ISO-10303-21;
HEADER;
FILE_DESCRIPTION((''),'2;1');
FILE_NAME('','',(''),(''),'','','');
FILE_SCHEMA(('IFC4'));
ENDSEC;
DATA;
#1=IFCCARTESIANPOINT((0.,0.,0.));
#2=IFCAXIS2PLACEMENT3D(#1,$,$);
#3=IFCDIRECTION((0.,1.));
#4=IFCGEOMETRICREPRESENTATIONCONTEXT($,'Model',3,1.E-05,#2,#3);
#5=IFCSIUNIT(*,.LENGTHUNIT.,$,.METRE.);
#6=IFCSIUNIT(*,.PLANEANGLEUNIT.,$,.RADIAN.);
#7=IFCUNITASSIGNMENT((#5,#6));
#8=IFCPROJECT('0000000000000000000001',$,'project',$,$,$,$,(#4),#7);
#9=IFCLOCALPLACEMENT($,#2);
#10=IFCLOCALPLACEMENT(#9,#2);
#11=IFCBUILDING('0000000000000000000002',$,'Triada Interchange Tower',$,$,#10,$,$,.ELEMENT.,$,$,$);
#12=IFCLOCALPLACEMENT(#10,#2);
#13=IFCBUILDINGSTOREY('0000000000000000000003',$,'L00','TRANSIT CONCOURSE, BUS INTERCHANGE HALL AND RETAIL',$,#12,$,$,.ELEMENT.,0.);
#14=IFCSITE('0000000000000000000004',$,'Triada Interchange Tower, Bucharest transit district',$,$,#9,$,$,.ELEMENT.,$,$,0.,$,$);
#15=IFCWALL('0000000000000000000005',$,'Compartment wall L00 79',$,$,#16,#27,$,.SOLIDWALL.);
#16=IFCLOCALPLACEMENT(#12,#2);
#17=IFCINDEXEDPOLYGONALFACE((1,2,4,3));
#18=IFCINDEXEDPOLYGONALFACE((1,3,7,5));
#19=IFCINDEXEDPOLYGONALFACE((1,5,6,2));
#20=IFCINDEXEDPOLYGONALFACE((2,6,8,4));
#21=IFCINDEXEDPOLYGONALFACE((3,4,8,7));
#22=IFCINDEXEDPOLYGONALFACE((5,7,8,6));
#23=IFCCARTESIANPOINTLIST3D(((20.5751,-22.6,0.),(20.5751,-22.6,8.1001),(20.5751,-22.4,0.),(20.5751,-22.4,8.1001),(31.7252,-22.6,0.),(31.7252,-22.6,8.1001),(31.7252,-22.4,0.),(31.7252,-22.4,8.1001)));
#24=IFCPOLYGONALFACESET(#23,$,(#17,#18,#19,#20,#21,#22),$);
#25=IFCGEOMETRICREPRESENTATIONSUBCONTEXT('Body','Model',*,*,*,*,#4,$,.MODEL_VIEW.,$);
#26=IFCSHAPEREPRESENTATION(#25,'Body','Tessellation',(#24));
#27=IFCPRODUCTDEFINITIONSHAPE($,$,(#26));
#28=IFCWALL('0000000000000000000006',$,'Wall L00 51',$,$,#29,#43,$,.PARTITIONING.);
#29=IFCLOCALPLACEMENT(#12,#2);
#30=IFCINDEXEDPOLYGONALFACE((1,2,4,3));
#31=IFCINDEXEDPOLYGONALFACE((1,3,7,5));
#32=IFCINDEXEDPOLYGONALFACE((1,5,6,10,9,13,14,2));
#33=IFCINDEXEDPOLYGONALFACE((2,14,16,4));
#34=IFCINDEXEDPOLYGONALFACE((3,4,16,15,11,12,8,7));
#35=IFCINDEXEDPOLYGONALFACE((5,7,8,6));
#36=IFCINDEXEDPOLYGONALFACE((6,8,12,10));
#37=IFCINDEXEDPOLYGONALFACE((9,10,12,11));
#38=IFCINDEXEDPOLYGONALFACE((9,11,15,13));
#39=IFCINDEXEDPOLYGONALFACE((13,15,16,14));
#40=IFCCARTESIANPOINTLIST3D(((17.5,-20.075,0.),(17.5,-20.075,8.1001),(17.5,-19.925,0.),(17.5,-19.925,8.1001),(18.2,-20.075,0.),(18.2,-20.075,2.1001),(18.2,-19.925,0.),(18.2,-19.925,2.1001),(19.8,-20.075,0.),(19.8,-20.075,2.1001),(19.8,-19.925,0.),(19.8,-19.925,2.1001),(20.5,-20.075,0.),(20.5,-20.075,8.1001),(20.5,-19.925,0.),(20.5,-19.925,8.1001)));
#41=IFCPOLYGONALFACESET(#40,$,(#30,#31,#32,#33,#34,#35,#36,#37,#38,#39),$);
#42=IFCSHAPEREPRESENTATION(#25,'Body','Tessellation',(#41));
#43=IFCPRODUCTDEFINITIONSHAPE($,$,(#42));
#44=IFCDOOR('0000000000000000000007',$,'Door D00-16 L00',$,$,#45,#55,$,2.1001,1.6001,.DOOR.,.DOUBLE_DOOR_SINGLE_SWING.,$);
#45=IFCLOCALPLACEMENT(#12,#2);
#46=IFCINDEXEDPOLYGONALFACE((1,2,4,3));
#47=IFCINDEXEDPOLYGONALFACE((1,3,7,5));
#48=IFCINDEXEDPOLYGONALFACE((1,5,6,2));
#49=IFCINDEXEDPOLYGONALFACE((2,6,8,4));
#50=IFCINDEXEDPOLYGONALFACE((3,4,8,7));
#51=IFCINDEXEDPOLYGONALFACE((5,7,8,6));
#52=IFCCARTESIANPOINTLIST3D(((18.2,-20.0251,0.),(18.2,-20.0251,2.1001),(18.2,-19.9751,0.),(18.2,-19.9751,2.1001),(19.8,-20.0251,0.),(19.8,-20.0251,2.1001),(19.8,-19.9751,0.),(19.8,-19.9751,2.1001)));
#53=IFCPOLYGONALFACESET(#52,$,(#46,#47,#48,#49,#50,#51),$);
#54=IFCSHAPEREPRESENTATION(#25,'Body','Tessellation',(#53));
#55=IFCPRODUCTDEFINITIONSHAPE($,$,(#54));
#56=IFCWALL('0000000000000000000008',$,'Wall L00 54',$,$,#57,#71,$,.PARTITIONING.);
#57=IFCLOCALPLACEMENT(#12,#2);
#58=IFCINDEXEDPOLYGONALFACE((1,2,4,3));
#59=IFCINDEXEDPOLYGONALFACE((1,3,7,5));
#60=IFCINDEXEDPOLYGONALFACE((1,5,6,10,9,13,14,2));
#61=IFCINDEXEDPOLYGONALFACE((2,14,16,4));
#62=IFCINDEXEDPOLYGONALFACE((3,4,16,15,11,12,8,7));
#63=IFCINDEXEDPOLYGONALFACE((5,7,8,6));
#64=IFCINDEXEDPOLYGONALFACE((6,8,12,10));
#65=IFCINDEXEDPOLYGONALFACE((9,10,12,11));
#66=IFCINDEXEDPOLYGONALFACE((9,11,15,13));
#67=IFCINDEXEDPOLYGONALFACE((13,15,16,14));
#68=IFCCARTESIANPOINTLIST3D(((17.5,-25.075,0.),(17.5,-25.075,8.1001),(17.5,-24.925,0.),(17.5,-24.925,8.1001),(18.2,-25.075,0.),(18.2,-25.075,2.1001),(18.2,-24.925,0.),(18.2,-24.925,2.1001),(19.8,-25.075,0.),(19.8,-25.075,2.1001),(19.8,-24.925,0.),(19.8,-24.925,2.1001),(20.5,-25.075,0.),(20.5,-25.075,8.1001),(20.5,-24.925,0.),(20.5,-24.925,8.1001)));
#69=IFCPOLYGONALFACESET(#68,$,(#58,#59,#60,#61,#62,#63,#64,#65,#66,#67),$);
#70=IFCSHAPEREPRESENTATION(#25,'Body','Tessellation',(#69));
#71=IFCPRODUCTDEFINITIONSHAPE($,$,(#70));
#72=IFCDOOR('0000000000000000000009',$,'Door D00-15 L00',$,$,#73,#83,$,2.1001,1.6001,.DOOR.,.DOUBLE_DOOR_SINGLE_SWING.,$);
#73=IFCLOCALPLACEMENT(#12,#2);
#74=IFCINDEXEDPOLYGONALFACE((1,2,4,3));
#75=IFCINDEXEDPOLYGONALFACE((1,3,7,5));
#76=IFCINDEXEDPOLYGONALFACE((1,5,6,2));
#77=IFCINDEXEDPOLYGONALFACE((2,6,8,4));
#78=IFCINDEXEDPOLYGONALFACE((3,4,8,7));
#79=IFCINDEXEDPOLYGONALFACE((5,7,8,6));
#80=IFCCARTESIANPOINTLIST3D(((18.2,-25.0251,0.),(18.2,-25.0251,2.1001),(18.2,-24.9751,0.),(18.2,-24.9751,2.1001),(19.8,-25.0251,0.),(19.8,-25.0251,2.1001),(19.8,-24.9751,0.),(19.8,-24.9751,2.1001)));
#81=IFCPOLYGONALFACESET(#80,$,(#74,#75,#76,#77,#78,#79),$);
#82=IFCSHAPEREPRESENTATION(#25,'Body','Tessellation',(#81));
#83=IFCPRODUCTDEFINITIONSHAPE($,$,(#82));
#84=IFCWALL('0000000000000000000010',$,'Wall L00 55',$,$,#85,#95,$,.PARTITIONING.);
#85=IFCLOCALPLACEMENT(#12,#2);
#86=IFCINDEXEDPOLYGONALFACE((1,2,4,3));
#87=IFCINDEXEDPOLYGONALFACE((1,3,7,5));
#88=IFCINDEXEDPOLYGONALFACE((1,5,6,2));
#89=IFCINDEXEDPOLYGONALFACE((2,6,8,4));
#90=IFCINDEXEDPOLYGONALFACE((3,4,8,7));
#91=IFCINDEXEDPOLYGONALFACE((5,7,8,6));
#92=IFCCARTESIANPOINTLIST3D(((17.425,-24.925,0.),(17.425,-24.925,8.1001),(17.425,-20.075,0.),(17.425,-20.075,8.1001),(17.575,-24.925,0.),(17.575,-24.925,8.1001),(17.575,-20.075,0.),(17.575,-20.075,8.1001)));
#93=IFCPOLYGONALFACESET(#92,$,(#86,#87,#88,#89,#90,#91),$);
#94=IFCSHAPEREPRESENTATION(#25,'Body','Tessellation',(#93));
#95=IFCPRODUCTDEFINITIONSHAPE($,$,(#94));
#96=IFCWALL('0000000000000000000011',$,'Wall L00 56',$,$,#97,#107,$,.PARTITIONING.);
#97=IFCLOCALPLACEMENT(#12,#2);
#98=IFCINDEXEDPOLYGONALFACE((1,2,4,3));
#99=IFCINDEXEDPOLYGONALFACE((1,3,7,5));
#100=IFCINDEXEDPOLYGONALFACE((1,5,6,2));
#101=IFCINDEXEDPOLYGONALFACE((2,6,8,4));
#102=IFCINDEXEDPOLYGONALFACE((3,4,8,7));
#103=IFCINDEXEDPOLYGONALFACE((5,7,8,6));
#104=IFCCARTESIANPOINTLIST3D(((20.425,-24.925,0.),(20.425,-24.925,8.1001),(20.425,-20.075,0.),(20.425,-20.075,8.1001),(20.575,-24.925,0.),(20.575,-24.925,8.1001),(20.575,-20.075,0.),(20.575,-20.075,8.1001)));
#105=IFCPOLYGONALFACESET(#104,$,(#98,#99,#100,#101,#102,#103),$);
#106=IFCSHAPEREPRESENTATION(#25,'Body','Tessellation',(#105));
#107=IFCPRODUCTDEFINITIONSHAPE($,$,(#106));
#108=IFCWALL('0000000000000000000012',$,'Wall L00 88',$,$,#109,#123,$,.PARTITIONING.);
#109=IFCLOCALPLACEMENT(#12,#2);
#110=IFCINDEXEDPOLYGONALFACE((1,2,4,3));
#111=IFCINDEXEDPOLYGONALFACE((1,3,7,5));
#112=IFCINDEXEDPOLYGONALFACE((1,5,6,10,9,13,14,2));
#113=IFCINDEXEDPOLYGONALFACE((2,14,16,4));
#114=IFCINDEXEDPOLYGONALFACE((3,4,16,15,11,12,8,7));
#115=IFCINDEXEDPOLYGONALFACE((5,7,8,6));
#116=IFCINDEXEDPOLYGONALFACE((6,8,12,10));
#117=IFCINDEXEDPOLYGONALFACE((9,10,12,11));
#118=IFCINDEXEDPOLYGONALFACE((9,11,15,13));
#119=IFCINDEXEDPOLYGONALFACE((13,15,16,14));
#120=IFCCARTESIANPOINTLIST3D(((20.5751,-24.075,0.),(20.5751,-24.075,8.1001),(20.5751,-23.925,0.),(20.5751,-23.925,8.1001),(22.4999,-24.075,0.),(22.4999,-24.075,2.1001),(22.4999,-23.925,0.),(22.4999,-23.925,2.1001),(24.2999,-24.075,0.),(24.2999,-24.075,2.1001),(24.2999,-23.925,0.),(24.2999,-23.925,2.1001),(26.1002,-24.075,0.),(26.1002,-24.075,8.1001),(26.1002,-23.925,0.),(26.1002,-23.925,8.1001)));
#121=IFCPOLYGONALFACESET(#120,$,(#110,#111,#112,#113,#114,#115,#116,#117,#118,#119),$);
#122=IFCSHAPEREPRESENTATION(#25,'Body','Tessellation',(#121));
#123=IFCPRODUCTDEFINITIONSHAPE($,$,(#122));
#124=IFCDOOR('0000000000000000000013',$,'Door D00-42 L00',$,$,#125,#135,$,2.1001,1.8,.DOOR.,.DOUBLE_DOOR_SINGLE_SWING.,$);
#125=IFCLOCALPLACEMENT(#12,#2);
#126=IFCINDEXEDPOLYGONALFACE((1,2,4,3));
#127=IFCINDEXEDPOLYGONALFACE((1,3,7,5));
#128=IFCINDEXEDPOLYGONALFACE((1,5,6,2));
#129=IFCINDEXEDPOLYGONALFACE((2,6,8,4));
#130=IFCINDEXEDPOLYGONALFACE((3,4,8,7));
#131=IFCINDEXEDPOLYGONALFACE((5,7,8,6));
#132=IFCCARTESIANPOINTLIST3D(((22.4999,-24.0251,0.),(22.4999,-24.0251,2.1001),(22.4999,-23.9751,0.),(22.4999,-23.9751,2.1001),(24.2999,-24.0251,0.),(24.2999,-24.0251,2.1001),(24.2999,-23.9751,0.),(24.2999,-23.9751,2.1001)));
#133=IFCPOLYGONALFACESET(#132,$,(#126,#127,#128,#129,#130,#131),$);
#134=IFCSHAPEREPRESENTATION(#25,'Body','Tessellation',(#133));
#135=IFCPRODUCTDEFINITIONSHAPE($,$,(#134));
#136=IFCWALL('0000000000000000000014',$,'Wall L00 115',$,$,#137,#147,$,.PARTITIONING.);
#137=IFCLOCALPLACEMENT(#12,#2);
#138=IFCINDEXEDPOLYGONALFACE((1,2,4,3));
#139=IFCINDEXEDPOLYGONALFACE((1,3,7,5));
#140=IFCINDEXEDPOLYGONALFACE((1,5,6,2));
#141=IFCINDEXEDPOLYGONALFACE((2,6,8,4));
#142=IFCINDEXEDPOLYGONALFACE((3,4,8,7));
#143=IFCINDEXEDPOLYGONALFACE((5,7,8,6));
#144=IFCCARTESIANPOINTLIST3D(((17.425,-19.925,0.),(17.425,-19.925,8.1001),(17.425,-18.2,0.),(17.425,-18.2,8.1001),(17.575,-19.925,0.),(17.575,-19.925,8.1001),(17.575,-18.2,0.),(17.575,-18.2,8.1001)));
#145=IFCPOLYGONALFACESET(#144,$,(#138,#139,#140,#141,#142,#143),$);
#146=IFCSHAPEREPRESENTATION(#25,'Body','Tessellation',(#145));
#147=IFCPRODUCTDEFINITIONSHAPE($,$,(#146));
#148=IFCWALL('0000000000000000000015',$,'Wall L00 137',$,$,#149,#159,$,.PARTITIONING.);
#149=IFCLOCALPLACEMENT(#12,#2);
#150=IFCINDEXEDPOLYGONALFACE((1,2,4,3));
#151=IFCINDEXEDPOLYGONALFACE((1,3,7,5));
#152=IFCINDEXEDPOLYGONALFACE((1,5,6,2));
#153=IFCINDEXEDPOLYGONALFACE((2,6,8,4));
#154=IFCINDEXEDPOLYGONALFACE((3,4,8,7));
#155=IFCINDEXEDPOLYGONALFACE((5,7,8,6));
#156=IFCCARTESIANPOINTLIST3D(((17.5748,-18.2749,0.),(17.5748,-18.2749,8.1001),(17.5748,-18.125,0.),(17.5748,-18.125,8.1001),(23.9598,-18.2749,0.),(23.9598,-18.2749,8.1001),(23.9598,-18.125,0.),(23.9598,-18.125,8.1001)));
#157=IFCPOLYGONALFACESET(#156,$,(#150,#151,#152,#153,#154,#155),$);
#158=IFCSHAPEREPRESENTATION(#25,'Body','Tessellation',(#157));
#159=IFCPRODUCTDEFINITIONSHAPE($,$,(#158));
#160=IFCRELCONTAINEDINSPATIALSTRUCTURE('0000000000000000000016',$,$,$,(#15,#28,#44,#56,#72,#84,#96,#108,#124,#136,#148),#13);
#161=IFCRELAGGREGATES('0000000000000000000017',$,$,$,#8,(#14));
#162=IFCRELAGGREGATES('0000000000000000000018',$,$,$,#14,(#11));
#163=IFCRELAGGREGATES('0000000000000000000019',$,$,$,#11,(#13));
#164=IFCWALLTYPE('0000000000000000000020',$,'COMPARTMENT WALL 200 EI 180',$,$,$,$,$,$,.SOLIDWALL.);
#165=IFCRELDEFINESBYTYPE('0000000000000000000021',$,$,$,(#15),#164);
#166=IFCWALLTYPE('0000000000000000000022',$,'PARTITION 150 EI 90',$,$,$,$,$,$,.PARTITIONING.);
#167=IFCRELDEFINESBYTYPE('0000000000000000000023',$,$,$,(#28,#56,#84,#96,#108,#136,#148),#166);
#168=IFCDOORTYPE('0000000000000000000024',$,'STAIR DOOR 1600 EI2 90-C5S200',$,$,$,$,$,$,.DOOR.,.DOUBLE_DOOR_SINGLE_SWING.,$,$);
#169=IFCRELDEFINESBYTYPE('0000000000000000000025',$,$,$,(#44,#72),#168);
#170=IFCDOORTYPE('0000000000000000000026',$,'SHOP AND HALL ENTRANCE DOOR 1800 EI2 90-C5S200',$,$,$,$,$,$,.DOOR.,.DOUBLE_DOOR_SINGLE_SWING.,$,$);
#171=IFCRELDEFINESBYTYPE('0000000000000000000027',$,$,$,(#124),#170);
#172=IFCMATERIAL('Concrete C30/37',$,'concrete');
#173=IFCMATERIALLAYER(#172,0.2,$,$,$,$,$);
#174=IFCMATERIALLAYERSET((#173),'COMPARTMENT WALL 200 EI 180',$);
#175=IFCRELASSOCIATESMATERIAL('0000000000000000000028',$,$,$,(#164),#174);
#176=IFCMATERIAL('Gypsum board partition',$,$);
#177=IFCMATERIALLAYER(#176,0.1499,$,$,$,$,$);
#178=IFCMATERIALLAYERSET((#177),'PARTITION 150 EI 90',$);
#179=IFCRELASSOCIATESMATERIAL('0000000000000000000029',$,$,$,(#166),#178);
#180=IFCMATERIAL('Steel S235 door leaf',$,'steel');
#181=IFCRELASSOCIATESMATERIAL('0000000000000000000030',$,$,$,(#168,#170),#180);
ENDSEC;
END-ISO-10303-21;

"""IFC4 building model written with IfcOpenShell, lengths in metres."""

from ifc_helpers import new_model, si_unit, direction, frame, frame_2d, origin, place, context, subcontext, project, spatial, rectangle, extrude, material, layer, layer_set, type_object, element, fill, save


model = new_model("IFC4")

# Units and contexts
model_context = context("Model", 3, precision=1e-05, world=origin(), true_north=direction((0.0, 1.0)))
body_context = subcontext(model_context, "Body", "Model", "MODEL_VIEW")
ifc_project = project(units=[si_unit("LENGTHUNIT", "METRE"), si_unit("PLANEANGLEUNIT", "RADIAN")], contexts=[model_context])

# Site, building, storey
site_placement = place(None, origin())
site = spatial("IfcSite", under=ifc_project, at=site_placement, Name="Triada Interchange Tower, Bucharest transit district", CompositionType="ELEMENT", RefElevation=0.0)
building_placement = place(site_placement, origin())
building = spatial("IfcBuilding", under=site, at=building_placement, Name="Triada Interchange Tower", CompositionType="ELEMENT")
storey_placement = place(building_placement, origin())
storey = spatial("IfcBuildingStorey", under=building, at=storey_placement, Name="L00", Description="TRANSIT CONCOURSE, BUS INTERCHANGE HALL AND RETAIL", CompositionType="ELEMENT", Elevation=0.0)

# Wall
ifc_material_1 = material(Name="Concrete C30/37", Category="concrete")
ifc_layer_1 = layer(ifc_material_1, 0.2)
ifc_layer_set_1 = layer_set([ifc_layer_1], Name="COMPARTMENT WALL 200 EI 180")
wall_type_1 = type_object("IfcWallType", Name="COMPARTMENT WALL 200 EI 180", PredefinedType="SOLIDWALL", material=ifc_layer_set_1)
wall_1_placement = place(storey_placement, frame((20.575, -22.5, 0.0), z_axis=(0.0, 0.0, 1.0), x_axis=(1.0, 0.0, 0.0)))
element("IfcWall", 1, at=wall_1_placement, inside=storey, type_object=wall_type_1, Name="Compartment wall L00 79", PredefinedType="SOLIDWALL", context=body_context, shape_type="SweptSolid", body=[
    extrude(rectangle(XDim=11.1501, YDim=0.2, at=frame_2d((5.5752, 0.0))), origin(), (0.0, 0.0, 1.0), 8.1001),
])

# Walls, openings, doors
ifc_material_2 = material(Name="Gypsum board partition")
ifc_layer_2 = layer(ifc_material_2, 0.1499)
ifc_layer_set_2 = layer_set([ifc_layer_2], Name="PARTITION 150 EI 90")
wall_type_2 = type_object("IfcWallType", Name="PARTITION 150 EI 90", PredefinedType="PARTITIONING", material=ifc_layer_set_2)
wall_2_placement = place(storey_placement, frame((17.5, -20.0, 0.0), z_axis=(0.0, 0.0, 1.0), x_axis=(1.0, 0.0, 0.0)))
wall_2 = element("IfcWall", 2, at=wall_2_placement, inside=storey, type_object=wall_type_2, Name="Wall L00 51", PredefinedType="PARTITIONING", context=body_context, shape_type="SweptSolid", body=[
    extrude(rectangle(XDim=3.0, YDim=0.1499, at=frame_2d((1.5, 0.0))), origin(), (0.0, 0.0, 1.0), 8.1001),
])
opening_1_placement = place(wall_2_placement, frame((0.7, 0.0, 0.0)))
opening_1 = element("IfcOpeningElement", 3, at=opening_1_placement, cuts=wall_2, PredefinedType="OPENING", context=body_context, shape_type="SweptSolid", body=[
    extrude(rectangle(XDim=1.6001, YDim=2.1001, at=frame_2d((0.8, 1.05))), frame((0.0, 0.085, 0.0), z_axis=(0.0, -1.0, 0.0), x_axis=(1.0, 0.0, 0.0)), (0.0, 0.0, 1.0), 0.1699),
])
ifc_material_3 = material(Name="Steel S235 door leaf", Category="steel")
door_type_1 = type_object("IfcDoorType", Name="STAIR DOOR 1600 EI2 90-C5S200", OperationType="DOUBLE_DOOR_SINGLE_SWING", PredefinedType="DOOR", material=ifc_material_3)
door_1_placement = place(opening_1_placement, origin())
door_1 = element("IfcDoor", 4, at=door_1_placement, inside=storey, type_object=door_type_1, Name="Door D00-16 L00", OperationType="DOUBLE_DOOR_SINGLE_SWING", OverallHeight=2.1001, OverallWidth=1.6001, PredefinedType="DOOR", context=body_context, shape_type="SweptSolid", body=[
    extrude(rectangle(XDim=1.6001, YDim=2.1001, at=frame_2d((0.8, 1.05))), frame((0.0, 0.0249, 0.0), z_axis=(0.0, -1.0, 0.0), x_axis=(1.0, 0.0, 0.0)), (0.0, 0.0, 1.0), 0.05),
])
fill(opening_1, door_1)
wall_3_placement = place(storey_placement, frame((17.5, -25.0, 0.0), z_axis=(0.0, 0.0, 1.0), x_axis=(1.0, 0.0, 0.0)))
wall_3 = element("IfcWall", 5, at=wall_3_placement, inside=storey, type_object=wall_type_2, Name="Wall L00 54", PredefinedType="PARTITIONING", context=body_context, shape_type="SweptSolid", body=[
    extrude(rectangle(XDim=3.0, YDim=0.1499, at=frame_2d((1.5, 0.0))), origin(), (0.0, 0.0, 1.0), 8.1001),
])
opening_2_placement = place(wall_3_placement, frame((0.7, 0.0, 0.0)))
opening_2 = element("IfcOpeningElement", 6, at=opening_2_placement, cuts=wall_3, PredefinedType="OPENING", context=body_context, shape_type="SweptSolid", body=[
    extrude(rectangle(XDim=1.6001, YDim=2.1001, at=frame_2d((0.8, 1.05))), frame((0.0, 0.085, 0.0), z_axis=(0.0, -1.0, 0.0), x_axis=(1.0, 0.0, 0.0)), (0.0, 0.0, 1.0), 0.1699),
])
door_2_placement = place(opening_2_placement, origin())
door_2 = element("IfcDoor", 7, at=door_2_placement, inside=storey, type_object=door_type_1, Name="Door D00-15 L00", OperationType="DOUBLE_DOOR_SINGLE_SWING", OverallHeight=2.1001, OverallWidth=1.6001, PredefinedType="DOOR", context=body_context, shape_type="SweptSolid", body=[
    extrude(rectangle(XDim=1.6001, YDim=2.1001, at=frame_2d((0.8, 1.05))), frame((0.0, 0.0249, 0.0), z_axis=(0.0, -1.0, 0.0), x_axis=(1.0, 0.0, 0.0)), (0.0, 0.0, 1.0), 0.05),
])
fill(opening_2, door_2)

# Walls
for number, where, z_axis, x_axis, name in (
    (8, (17.5, -24.925, 0.0), (0.0, 0.0, 1.0), (0.0, 1.0, 0.0), "Wall L00 55"),
    (9, (20.5, -24.925, 0.0), (0.0, 0.0, 1.0), (0.0, 1.0, 0.0), "Wall L00 56"),
):
    element("IfcWall", number, at=place(storey_placement, frame(where, z_axis=z_axis, x_axis=x_axis)), inside=storey, type_object=wall_type_2, Name=name, PredefinedType="PARTITIONING", context=body_context, shape_type="SweptSolid", body=[
        extrude(rectangle(XDim=4.8501, YDim=0.1499, at=frame_2d((2.425, 0.0))), origin(), (0.0, 0.0, 1.0), 8.1001),
    ])

# Wall, opening, door
wall_4_placement = place(storey_placement, frame((20.575, -24.0, 0.0), z_axis=(0.0, 0.0, 1.0), x_axis=(1.0, 0.0, 0.0)))
wall_4 = element("IfcWall", 10, at=wall_4_placement, inside=storey, type_object=wall_type_2, Name="Wall L00 88", PredefinedType="PARTITIONING", context=body_context, shape_type="SweptSolid", body=[
    extrude(rectangle(XDim=5.5251, YDim=0.1499, at=frame_2d((2.7627, 0.0))), origin(), (0.0, 0.0, 1.0), 8.1001),
])
opening_3_placement = place(wall_4_placement, frame((1.925, 0.0, 0.0)))
opening_3 = element("IfcOpeningElement", 11, at=opening_3_placement, cuts=wall_4, PredefinedType="OPENING", context=body_context, shape_type="SweptSolid", body=[
    extrude(rectangle(XDim=1.8, YDim=2.1001, at=frame_2d((0.8999, 1.05))), frame((0.0, 0.085, 0.0), z_axis=(0.0, -1.0, 0.0), x_axis=(1.0, 0.0, 0.0)), (0.0, 0.0, 1.0), 0.1699),
])
door_type_2 = type_object("IfcDoorType", Name="SHOP AND HALL ENTRANCE DOOR 1800 EI2 90-C5S200", OperationType="DOUBLE_DOOR_SINGLE_SWING", PredefinedType="DOOR", material=ifc_material_3)
door_3_placement = place(opening_3_placement, origin())
door_3 = element("IfcDoor", 12, at=door_3_placement, inside=storey, type_object=door_type_2, Name="Door D00-42 L00", OperationType="DOUBLE_DOOR_SINGLE_SWING", OverallHeight=2.1001, OverallWidth=1.8, PredefinedType="DOOR", context=body_context, shape_type="SweptSolid", body=[
    extrude(rectangle(XDim=1.8, YDim=2.1001, at=frame_2d((0.8999, 1.05))), frame((0.0, 0.0249, 0.0), z_axis=(0.0, -1.0, 0.0), x_axis=(1.0, 0.0, 0.0)), (0.0, 0.0, 1.0), 0.05),
])
fill(opening_3, door_3)

# Walls
wall_5_placement = place(storey_placement, frame((17.5, -19.925, 0.0), z_axis=(0.0, 0.0, 1.0), x_axis=(0.0, 1.0, 0.0)))
element("IfcWall", 13, at=wall_5_placement, inside=storey, type_object=wall_type_2, Name="Wall L00 115", PredefinedType="PARTITIONING", context=body_context, shape_type="SweptSolid", body=[
    extrude(rectangle(XDim=1.7251, YDim=0.1499, at=frame_2d((0.8625, 0.0))), origin(), (0.0, 0.0, 1.0), 8.1001),
])
wall_6_placement = place(storey_placement, frame((17.575, -18.2, 0.0), z_axis=(0.0, 0.0, 1.0), x_axis=(1.0, 0.0, 0.0)))
element("IfcWall", 14, at=wall_6_placement, inside=storey, type_object=wall_type_2, Name="Wall L00 137", PredefinedType="PARTITIONING", context=body_context, shape_type="SweptSolid", body=[
    extrude(rectangle(XDim=6.385, YDim=0.1499, at=frame_2d((3.1924, 0.0))), origin(), (0.0, 0.0, 1.0), 8.1001),
])

save(model, "model.ifc")
